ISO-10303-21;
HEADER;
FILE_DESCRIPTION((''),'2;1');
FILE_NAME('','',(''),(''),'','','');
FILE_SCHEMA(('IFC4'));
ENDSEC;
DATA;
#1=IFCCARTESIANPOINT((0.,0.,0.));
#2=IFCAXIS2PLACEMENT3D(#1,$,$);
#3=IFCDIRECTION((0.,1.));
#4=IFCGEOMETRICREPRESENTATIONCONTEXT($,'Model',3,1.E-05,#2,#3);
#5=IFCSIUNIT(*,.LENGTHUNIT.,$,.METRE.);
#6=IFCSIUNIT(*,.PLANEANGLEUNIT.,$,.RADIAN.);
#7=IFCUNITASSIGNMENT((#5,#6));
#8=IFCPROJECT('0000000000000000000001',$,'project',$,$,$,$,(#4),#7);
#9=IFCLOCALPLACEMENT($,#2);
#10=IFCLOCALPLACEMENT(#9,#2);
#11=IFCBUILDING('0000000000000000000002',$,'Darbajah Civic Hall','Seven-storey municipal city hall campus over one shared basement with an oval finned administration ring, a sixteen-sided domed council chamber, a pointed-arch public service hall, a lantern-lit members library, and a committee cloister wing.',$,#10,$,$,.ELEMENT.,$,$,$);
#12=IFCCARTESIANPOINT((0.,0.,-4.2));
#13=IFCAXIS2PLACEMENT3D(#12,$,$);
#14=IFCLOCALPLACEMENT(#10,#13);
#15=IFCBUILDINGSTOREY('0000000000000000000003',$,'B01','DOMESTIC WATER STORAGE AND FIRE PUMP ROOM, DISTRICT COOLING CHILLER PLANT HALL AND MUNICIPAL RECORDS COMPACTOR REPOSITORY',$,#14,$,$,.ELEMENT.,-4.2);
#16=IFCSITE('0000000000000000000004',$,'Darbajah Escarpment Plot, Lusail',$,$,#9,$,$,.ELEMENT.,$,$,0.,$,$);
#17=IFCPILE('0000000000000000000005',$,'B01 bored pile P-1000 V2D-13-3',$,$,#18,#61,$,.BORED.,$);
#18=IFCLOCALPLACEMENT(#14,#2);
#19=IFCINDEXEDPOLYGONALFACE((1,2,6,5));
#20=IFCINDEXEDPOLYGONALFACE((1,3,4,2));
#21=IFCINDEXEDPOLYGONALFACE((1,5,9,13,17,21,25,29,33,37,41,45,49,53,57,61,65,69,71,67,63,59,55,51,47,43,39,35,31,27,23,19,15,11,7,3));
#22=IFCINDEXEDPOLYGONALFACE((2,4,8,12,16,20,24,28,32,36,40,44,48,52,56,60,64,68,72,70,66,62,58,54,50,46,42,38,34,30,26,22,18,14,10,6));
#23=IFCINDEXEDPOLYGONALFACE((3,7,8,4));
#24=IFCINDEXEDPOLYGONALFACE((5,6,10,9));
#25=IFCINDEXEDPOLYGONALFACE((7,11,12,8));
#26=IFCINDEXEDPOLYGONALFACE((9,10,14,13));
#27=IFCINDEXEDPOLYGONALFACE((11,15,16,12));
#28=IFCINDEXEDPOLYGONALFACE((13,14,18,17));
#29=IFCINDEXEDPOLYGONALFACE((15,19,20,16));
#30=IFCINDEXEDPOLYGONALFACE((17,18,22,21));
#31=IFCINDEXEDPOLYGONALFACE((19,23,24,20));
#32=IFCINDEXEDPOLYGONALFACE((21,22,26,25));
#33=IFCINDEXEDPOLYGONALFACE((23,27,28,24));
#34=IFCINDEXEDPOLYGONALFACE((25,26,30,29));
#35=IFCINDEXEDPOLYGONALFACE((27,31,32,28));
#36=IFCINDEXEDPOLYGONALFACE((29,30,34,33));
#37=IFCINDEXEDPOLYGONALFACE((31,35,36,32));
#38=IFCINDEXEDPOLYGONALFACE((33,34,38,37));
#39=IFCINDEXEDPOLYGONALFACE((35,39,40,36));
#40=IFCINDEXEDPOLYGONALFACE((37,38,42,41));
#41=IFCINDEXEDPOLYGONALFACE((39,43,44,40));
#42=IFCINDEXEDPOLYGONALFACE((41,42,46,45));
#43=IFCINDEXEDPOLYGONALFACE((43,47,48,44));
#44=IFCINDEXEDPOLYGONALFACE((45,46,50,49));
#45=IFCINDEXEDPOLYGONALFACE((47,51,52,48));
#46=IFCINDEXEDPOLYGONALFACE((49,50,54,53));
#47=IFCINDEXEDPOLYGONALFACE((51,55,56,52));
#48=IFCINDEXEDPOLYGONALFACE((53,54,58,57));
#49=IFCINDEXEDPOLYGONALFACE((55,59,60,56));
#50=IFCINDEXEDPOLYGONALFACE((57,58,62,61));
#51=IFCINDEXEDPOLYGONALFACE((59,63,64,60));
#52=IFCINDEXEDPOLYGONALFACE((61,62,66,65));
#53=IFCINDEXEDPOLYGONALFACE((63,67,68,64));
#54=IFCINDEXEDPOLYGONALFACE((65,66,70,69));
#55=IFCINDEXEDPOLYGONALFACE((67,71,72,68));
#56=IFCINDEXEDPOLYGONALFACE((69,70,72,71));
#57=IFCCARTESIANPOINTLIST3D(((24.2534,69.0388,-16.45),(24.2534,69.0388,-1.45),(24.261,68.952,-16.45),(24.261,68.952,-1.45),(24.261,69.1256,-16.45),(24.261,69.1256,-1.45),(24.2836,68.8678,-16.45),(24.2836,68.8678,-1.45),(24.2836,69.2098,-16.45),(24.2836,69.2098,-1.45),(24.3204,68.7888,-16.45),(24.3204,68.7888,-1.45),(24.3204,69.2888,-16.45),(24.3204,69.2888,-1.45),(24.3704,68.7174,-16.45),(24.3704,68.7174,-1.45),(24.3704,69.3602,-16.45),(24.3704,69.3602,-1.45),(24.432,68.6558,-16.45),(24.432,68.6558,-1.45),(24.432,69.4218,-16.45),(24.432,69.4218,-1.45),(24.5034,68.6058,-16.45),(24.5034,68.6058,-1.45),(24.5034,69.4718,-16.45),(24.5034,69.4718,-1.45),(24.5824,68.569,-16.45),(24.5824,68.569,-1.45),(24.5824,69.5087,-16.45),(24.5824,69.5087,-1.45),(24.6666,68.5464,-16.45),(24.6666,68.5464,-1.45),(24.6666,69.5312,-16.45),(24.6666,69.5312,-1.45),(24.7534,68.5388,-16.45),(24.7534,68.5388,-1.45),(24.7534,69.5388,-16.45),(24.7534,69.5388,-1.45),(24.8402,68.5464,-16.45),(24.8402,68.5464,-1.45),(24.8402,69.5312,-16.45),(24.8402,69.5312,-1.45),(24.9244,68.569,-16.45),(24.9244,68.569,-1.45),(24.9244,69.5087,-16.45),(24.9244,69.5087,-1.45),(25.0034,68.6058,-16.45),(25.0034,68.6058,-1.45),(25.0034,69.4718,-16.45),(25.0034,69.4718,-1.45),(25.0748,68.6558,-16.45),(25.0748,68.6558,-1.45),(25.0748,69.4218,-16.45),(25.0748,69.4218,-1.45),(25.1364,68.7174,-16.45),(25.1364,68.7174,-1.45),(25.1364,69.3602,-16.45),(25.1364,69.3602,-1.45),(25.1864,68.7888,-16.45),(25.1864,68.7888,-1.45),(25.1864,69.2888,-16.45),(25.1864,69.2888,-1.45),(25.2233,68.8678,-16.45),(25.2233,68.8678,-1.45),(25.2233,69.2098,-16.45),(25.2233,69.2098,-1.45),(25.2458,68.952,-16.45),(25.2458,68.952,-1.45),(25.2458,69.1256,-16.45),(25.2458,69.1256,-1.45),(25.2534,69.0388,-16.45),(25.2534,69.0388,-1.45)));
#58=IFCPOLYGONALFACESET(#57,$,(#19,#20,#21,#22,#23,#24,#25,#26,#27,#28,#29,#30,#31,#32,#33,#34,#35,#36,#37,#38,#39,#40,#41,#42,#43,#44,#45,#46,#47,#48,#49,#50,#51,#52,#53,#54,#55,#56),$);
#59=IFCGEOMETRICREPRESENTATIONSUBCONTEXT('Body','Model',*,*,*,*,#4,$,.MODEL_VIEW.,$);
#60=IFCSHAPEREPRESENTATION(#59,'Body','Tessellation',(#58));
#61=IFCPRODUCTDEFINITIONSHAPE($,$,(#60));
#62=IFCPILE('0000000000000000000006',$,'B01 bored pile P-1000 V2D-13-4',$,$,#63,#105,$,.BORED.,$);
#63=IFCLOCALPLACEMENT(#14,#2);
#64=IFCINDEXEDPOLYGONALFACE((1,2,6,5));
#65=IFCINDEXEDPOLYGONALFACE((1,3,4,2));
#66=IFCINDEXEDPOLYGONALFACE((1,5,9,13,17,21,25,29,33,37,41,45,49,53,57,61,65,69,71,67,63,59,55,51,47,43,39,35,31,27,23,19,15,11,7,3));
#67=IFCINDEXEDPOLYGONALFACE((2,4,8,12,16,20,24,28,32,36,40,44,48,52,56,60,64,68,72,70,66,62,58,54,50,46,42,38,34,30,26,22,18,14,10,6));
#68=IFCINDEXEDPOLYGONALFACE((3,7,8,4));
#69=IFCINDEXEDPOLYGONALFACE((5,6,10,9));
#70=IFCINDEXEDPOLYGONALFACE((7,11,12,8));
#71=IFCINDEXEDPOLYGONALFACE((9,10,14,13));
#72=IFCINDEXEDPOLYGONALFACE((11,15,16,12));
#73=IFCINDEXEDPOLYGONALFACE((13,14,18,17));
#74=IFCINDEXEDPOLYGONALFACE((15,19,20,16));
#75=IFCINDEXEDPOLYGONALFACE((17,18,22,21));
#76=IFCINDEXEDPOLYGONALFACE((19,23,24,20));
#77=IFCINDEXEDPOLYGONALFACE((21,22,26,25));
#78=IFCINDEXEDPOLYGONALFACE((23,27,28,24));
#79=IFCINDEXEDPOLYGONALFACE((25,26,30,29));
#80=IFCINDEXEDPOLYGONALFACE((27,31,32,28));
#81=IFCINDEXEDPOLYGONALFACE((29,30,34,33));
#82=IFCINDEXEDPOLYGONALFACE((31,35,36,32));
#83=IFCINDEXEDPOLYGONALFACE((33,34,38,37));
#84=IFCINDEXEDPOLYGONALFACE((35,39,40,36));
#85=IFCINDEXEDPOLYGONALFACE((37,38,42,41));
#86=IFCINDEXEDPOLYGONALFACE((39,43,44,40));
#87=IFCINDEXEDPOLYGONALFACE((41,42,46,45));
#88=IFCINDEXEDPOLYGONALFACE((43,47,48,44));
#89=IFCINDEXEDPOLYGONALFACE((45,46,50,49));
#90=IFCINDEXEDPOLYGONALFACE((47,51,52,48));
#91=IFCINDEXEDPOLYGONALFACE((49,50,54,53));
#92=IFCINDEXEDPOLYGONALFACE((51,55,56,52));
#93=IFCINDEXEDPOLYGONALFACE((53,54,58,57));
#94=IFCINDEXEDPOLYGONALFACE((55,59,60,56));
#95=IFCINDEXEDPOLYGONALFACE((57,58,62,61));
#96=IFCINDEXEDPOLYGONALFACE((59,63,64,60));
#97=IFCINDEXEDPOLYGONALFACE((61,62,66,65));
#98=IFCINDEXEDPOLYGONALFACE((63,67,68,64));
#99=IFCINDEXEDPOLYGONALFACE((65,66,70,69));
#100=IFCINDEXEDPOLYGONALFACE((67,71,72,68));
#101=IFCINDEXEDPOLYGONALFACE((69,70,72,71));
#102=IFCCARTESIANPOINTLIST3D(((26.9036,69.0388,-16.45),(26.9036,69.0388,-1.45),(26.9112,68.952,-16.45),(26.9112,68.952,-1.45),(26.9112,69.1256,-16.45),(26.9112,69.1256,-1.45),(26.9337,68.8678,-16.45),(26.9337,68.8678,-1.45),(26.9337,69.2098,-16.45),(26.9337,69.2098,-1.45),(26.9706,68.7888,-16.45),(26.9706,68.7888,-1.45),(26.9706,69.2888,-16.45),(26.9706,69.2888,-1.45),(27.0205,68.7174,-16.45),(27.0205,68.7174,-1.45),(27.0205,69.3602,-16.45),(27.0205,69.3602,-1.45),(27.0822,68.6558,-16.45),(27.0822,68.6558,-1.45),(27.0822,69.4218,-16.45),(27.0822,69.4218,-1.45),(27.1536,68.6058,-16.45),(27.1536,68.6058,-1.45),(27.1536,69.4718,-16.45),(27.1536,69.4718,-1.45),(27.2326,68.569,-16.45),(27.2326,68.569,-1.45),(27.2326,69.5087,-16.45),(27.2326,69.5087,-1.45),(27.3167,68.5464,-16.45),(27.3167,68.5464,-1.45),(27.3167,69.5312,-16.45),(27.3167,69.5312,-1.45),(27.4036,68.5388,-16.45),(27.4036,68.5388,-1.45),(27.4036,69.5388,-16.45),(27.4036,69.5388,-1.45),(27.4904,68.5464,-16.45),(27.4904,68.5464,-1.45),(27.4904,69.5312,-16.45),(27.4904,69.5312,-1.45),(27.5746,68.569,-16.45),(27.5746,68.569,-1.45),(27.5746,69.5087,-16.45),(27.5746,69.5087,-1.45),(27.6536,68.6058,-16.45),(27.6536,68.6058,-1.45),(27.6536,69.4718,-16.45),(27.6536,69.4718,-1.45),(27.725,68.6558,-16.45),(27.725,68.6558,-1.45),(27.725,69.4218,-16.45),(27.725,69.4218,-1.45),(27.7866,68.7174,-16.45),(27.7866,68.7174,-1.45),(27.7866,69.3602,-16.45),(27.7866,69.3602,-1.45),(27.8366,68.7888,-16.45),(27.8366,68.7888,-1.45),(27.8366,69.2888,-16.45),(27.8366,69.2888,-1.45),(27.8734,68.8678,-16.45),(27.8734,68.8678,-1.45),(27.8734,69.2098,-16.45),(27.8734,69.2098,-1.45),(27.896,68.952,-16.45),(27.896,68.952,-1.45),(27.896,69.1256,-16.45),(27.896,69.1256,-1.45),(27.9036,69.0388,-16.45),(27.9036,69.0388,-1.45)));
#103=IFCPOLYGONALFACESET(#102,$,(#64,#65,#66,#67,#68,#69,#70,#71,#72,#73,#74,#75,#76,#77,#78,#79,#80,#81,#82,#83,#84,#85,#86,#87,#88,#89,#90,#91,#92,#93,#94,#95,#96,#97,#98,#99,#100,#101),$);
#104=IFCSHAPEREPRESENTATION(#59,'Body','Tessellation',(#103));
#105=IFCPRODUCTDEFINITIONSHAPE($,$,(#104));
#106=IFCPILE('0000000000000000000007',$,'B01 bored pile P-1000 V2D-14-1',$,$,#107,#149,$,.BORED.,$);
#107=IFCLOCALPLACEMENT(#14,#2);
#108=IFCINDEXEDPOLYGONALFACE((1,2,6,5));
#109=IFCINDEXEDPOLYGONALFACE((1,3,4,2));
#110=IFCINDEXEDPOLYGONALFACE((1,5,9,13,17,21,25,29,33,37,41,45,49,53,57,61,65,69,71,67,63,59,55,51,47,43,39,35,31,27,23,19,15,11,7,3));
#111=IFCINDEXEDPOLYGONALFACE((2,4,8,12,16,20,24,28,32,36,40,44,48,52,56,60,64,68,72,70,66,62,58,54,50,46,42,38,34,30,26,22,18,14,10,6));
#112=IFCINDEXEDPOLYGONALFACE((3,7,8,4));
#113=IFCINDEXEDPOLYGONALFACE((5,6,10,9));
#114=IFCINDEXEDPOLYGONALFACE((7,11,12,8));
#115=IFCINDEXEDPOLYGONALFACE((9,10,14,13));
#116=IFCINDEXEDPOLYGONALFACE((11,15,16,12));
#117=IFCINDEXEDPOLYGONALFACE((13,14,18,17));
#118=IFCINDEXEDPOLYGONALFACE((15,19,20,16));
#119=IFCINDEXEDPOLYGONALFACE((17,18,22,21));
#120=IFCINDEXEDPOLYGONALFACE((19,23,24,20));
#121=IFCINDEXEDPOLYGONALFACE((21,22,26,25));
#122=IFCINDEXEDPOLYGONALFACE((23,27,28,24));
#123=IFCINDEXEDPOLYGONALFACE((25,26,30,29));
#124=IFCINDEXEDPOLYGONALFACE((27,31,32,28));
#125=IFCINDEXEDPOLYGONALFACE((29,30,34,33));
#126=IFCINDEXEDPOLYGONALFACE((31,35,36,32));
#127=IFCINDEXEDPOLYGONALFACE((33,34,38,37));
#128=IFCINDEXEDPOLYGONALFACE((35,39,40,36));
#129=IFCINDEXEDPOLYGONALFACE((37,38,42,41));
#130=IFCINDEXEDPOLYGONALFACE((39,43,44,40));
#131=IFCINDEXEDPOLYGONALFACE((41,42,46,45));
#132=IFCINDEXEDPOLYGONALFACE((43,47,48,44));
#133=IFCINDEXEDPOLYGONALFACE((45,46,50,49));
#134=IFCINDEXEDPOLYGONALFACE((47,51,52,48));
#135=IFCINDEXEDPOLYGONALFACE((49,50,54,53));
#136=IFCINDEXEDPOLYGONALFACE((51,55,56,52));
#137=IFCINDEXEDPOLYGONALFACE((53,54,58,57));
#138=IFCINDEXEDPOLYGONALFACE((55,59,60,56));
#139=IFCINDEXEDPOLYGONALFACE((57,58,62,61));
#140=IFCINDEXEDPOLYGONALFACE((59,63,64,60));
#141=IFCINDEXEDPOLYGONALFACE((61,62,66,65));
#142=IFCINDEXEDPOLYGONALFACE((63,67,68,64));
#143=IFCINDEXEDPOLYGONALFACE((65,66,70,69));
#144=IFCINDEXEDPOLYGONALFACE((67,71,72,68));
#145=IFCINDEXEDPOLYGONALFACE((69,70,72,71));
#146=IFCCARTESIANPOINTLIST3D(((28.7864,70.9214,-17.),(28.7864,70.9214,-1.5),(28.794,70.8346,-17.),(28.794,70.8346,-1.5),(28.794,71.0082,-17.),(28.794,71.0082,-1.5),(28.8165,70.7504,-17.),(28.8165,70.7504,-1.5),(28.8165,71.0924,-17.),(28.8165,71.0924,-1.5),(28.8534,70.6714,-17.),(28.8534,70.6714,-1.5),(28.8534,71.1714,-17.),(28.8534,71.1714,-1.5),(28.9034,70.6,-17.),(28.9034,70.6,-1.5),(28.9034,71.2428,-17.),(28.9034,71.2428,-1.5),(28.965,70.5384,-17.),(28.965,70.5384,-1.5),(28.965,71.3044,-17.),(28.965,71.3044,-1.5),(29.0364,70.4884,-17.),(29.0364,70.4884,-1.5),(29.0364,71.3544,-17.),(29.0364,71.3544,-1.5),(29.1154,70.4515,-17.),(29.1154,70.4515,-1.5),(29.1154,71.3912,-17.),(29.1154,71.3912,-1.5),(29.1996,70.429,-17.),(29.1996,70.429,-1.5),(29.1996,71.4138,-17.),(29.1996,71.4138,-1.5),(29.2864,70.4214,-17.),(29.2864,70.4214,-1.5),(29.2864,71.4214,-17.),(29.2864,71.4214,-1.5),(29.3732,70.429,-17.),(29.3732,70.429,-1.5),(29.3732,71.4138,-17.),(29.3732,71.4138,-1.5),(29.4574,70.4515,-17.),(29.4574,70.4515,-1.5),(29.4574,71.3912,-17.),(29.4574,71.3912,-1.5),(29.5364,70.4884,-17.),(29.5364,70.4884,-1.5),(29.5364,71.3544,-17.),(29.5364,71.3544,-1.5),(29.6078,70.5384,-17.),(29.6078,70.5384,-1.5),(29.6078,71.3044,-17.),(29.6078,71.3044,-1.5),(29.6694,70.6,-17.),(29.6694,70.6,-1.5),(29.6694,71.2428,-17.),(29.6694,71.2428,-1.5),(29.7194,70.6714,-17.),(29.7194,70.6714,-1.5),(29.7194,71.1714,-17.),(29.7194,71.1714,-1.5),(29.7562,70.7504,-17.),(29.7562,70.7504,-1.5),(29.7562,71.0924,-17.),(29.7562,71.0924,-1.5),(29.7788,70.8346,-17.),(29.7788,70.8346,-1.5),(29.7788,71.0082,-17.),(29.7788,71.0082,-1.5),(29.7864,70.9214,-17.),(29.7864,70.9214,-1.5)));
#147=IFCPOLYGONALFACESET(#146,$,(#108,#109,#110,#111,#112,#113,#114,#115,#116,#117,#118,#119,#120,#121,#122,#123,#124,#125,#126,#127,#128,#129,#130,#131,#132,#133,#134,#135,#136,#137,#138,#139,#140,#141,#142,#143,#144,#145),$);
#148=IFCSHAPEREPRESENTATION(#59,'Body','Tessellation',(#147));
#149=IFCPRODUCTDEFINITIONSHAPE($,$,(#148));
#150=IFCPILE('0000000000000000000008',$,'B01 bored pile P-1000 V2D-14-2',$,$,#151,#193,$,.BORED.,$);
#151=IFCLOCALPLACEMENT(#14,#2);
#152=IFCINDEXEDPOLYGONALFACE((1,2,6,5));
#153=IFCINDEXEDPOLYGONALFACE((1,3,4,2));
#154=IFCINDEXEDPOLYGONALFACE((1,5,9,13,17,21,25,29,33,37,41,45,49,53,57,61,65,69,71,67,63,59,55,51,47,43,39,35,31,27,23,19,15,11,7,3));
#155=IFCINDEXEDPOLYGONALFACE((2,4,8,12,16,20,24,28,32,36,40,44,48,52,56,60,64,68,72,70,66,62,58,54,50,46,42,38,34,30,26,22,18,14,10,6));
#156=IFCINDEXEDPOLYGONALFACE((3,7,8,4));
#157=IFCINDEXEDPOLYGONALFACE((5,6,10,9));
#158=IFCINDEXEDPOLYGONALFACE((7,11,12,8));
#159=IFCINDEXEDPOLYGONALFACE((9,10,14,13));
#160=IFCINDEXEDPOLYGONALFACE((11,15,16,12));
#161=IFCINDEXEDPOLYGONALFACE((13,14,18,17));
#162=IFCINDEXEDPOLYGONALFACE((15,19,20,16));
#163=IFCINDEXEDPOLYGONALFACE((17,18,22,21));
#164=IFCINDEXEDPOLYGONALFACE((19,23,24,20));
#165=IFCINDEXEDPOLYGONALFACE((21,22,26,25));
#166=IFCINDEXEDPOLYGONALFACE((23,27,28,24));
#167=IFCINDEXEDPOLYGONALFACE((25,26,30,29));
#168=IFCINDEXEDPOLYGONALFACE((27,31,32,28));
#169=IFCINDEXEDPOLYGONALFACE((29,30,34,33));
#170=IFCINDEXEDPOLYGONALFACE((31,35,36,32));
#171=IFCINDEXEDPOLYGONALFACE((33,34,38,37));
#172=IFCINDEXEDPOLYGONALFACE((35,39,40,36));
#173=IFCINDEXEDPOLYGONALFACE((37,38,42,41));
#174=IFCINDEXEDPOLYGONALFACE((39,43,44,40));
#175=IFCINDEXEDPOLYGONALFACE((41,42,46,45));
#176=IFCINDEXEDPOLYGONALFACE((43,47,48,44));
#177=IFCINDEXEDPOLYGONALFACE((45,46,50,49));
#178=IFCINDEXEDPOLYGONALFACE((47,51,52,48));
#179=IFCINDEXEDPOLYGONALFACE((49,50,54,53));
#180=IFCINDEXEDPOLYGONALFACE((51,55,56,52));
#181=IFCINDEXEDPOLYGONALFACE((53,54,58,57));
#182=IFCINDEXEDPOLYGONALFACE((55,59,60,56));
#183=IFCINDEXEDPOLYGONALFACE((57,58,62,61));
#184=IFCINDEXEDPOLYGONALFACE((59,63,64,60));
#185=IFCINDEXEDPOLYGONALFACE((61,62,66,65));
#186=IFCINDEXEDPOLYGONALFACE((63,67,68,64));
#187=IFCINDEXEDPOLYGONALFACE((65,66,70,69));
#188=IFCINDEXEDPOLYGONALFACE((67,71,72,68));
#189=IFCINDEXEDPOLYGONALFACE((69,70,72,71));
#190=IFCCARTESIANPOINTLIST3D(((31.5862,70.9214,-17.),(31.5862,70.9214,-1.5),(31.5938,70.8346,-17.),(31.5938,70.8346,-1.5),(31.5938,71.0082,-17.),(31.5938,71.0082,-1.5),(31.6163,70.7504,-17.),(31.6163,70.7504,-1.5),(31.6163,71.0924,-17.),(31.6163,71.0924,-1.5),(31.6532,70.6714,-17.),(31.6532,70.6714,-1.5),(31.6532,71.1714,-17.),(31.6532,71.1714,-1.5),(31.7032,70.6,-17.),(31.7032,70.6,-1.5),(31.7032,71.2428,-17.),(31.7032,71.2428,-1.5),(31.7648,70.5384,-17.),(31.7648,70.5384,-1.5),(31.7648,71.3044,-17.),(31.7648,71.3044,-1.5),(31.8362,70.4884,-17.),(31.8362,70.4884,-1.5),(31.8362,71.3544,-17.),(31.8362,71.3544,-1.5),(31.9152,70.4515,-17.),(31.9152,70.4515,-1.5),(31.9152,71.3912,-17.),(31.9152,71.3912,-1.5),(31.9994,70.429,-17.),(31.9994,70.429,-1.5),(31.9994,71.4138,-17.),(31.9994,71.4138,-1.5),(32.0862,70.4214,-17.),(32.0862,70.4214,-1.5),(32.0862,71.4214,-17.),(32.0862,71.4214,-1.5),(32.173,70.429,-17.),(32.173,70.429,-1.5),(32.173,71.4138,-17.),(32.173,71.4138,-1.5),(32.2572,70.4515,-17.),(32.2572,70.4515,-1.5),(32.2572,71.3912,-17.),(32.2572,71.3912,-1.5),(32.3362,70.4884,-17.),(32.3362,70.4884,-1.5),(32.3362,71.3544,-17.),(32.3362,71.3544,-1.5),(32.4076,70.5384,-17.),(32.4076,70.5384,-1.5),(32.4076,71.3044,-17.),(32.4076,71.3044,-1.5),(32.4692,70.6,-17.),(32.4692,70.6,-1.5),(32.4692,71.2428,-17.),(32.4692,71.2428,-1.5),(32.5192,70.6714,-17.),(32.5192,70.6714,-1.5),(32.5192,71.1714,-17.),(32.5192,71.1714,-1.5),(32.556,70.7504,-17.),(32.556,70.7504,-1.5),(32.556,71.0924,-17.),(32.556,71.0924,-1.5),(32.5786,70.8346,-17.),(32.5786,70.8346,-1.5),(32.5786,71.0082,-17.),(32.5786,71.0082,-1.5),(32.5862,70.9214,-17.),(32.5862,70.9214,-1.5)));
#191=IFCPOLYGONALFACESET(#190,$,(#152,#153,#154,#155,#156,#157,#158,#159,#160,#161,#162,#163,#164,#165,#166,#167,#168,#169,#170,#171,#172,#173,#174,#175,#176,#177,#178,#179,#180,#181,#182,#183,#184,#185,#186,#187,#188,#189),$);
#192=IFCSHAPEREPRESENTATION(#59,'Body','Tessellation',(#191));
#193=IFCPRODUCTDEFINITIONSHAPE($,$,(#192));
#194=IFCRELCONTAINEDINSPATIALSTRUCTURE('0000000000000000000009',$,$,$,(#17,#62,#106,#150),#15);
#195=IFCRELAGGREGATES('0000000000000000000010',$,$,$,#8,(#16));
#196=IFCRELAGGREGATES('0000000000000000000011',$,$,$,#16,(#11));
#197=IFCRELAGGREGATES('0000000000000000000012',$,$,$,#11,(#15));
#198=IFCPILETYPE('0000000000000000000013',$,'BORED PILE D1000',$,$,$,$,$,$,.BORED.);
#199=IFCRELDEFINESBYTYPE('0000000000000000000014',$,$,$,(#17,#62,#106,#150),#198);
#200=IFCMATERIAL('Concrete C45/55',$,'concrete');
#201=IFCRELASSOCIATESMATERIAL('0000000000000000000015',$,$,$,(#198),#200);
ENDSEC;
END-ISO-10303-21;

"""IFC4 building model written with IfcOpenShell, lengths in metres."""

from ifc_helpers import new_model, si_unit, direction, frame, origin, origin_2d, place, context, subcontext, project, spatial, circle, extrude, material, material_profile, profile_set, type_object, element, save


model = new_model("IFC4")

# Units and contexts
model_context = context("Model", 3, precision=1e-05, world=origin(), true_north=direction((0.0, 1.0)))
body_context = subcontext(model_context, "Body", "Model", "MODEL_VIEW")
ifc_project = project(units=[si_unit("LENGTHUNIT", "METRE"), si_unit("PLANEANGLEUNIT", "RADIAN")], contexts=[model_context])

# Site, building, storey
site_placement = place(None, origin())
site = spatial("IfcSite", under=ifc_project, at=site_placement, Name="Darbajah Escarpment Plot, Lusail", CompositionType="ELEMENT", RefElevation=0.0)
building_placement = place(site_placement, origin())
building = spatial("IfcBuilding", under=site, at=building_placement, Name="Darbajah Civic Hall", Description="Seven-storey municipal city hall campus over one shared basement with an oval finned administration ring, a sixteen-sided domed council chamber, a pointed-arch public service hall, a lantern-lit members library, and a committee cloister wing.", CompositionType="ELEMENT")
storey_placement = place(building_placement, frame((0.0, 0.0, -4.2)))
storey = spatial("IfcBuildingStorey", under=building, at=storey_placement, Name="B01", Description="DOMESTIC WATER STORAGE AND FIRE PUMP ROOM, DISTRICT COOLING CHILLER PLANT HALL AND MUNICIPAL RECORDS COMPACTOR REPOSITORY", CompositionType="ELEMENT", Elevation=-4.2)

# Piles
ifc_material_1 = material(Name="Concrete C45/55", Category="concrete")
ifc_material_profile_1 = material_profile(ifc_material_1, circle(Radius=0.5, at=origin_2d()), Name="BORED PILE D1000")
ifc_profile_set_1 = profile_set([ifc_material_profile_1], Name="Concrete C45/55")
pile_type_1 = type_object("IfcPileType", Name="BORED PILE D1000", PredefinedType="BORED", material=ifc_profile_set_1)
for number, where, z_axis, x_axis, name in (
    (1, (24.7534, 69.0388, -1.45), (0.0, 0.0, -1.0), (1.0, 0.0, 0.0), "B01 bored pile P-1000 V2D-13-3"),
    (2, (27.4036, 69.0388, -1.45), (0.0, 0.0, -1.0), (1.0, 0.0, 0.0), "B01 bored pile P-1000 V2D-13-4"),
):
    element("IfcPile", number, at=place(storey_placement, frame(where, z_axis=z_axis, x_axis=x_axis)), inside=storey, type_object=pile_type_1, Name=name, PredefinedType="BORED", context=body_context, shape_type="SweptSolid", body=[
        extrude(circle(Radius=0.5, at=origin_2d()), origin(), (0.0, 0.0, 1.0), 15.0),
    ])
for number, where, z_axis, x_axis, name in (
    (3, (29.2864, 70.9214, -1.5), (0.0, 0.0, -1.0), (1.0, 0.0, 0.0), "B01 bored pile P-1000 V2D-14-1"),
    (4, (32.0862, 70.9214, -1.5), (0.0, 0.0, -1.0), (1.0, 0.0, 0.0), "B01 bored pile P-1000 V2D-14-2"),
):
    element("IfcPile", number, at=place(storey_placement, frame(where, z_axis=z_axis, x_axis=x_axis)), inside=storey, type_object=pile_type_1, Name=name, PredefinedType="BORED", context=body_context, shape_type="SweptSolid", body=[
        extrude(circle(Radius=0.5, at=origin_2d()), origin(), (0.0, 0.0, 1.0), 15.5),
    ])

save(model, "model.ifc")
